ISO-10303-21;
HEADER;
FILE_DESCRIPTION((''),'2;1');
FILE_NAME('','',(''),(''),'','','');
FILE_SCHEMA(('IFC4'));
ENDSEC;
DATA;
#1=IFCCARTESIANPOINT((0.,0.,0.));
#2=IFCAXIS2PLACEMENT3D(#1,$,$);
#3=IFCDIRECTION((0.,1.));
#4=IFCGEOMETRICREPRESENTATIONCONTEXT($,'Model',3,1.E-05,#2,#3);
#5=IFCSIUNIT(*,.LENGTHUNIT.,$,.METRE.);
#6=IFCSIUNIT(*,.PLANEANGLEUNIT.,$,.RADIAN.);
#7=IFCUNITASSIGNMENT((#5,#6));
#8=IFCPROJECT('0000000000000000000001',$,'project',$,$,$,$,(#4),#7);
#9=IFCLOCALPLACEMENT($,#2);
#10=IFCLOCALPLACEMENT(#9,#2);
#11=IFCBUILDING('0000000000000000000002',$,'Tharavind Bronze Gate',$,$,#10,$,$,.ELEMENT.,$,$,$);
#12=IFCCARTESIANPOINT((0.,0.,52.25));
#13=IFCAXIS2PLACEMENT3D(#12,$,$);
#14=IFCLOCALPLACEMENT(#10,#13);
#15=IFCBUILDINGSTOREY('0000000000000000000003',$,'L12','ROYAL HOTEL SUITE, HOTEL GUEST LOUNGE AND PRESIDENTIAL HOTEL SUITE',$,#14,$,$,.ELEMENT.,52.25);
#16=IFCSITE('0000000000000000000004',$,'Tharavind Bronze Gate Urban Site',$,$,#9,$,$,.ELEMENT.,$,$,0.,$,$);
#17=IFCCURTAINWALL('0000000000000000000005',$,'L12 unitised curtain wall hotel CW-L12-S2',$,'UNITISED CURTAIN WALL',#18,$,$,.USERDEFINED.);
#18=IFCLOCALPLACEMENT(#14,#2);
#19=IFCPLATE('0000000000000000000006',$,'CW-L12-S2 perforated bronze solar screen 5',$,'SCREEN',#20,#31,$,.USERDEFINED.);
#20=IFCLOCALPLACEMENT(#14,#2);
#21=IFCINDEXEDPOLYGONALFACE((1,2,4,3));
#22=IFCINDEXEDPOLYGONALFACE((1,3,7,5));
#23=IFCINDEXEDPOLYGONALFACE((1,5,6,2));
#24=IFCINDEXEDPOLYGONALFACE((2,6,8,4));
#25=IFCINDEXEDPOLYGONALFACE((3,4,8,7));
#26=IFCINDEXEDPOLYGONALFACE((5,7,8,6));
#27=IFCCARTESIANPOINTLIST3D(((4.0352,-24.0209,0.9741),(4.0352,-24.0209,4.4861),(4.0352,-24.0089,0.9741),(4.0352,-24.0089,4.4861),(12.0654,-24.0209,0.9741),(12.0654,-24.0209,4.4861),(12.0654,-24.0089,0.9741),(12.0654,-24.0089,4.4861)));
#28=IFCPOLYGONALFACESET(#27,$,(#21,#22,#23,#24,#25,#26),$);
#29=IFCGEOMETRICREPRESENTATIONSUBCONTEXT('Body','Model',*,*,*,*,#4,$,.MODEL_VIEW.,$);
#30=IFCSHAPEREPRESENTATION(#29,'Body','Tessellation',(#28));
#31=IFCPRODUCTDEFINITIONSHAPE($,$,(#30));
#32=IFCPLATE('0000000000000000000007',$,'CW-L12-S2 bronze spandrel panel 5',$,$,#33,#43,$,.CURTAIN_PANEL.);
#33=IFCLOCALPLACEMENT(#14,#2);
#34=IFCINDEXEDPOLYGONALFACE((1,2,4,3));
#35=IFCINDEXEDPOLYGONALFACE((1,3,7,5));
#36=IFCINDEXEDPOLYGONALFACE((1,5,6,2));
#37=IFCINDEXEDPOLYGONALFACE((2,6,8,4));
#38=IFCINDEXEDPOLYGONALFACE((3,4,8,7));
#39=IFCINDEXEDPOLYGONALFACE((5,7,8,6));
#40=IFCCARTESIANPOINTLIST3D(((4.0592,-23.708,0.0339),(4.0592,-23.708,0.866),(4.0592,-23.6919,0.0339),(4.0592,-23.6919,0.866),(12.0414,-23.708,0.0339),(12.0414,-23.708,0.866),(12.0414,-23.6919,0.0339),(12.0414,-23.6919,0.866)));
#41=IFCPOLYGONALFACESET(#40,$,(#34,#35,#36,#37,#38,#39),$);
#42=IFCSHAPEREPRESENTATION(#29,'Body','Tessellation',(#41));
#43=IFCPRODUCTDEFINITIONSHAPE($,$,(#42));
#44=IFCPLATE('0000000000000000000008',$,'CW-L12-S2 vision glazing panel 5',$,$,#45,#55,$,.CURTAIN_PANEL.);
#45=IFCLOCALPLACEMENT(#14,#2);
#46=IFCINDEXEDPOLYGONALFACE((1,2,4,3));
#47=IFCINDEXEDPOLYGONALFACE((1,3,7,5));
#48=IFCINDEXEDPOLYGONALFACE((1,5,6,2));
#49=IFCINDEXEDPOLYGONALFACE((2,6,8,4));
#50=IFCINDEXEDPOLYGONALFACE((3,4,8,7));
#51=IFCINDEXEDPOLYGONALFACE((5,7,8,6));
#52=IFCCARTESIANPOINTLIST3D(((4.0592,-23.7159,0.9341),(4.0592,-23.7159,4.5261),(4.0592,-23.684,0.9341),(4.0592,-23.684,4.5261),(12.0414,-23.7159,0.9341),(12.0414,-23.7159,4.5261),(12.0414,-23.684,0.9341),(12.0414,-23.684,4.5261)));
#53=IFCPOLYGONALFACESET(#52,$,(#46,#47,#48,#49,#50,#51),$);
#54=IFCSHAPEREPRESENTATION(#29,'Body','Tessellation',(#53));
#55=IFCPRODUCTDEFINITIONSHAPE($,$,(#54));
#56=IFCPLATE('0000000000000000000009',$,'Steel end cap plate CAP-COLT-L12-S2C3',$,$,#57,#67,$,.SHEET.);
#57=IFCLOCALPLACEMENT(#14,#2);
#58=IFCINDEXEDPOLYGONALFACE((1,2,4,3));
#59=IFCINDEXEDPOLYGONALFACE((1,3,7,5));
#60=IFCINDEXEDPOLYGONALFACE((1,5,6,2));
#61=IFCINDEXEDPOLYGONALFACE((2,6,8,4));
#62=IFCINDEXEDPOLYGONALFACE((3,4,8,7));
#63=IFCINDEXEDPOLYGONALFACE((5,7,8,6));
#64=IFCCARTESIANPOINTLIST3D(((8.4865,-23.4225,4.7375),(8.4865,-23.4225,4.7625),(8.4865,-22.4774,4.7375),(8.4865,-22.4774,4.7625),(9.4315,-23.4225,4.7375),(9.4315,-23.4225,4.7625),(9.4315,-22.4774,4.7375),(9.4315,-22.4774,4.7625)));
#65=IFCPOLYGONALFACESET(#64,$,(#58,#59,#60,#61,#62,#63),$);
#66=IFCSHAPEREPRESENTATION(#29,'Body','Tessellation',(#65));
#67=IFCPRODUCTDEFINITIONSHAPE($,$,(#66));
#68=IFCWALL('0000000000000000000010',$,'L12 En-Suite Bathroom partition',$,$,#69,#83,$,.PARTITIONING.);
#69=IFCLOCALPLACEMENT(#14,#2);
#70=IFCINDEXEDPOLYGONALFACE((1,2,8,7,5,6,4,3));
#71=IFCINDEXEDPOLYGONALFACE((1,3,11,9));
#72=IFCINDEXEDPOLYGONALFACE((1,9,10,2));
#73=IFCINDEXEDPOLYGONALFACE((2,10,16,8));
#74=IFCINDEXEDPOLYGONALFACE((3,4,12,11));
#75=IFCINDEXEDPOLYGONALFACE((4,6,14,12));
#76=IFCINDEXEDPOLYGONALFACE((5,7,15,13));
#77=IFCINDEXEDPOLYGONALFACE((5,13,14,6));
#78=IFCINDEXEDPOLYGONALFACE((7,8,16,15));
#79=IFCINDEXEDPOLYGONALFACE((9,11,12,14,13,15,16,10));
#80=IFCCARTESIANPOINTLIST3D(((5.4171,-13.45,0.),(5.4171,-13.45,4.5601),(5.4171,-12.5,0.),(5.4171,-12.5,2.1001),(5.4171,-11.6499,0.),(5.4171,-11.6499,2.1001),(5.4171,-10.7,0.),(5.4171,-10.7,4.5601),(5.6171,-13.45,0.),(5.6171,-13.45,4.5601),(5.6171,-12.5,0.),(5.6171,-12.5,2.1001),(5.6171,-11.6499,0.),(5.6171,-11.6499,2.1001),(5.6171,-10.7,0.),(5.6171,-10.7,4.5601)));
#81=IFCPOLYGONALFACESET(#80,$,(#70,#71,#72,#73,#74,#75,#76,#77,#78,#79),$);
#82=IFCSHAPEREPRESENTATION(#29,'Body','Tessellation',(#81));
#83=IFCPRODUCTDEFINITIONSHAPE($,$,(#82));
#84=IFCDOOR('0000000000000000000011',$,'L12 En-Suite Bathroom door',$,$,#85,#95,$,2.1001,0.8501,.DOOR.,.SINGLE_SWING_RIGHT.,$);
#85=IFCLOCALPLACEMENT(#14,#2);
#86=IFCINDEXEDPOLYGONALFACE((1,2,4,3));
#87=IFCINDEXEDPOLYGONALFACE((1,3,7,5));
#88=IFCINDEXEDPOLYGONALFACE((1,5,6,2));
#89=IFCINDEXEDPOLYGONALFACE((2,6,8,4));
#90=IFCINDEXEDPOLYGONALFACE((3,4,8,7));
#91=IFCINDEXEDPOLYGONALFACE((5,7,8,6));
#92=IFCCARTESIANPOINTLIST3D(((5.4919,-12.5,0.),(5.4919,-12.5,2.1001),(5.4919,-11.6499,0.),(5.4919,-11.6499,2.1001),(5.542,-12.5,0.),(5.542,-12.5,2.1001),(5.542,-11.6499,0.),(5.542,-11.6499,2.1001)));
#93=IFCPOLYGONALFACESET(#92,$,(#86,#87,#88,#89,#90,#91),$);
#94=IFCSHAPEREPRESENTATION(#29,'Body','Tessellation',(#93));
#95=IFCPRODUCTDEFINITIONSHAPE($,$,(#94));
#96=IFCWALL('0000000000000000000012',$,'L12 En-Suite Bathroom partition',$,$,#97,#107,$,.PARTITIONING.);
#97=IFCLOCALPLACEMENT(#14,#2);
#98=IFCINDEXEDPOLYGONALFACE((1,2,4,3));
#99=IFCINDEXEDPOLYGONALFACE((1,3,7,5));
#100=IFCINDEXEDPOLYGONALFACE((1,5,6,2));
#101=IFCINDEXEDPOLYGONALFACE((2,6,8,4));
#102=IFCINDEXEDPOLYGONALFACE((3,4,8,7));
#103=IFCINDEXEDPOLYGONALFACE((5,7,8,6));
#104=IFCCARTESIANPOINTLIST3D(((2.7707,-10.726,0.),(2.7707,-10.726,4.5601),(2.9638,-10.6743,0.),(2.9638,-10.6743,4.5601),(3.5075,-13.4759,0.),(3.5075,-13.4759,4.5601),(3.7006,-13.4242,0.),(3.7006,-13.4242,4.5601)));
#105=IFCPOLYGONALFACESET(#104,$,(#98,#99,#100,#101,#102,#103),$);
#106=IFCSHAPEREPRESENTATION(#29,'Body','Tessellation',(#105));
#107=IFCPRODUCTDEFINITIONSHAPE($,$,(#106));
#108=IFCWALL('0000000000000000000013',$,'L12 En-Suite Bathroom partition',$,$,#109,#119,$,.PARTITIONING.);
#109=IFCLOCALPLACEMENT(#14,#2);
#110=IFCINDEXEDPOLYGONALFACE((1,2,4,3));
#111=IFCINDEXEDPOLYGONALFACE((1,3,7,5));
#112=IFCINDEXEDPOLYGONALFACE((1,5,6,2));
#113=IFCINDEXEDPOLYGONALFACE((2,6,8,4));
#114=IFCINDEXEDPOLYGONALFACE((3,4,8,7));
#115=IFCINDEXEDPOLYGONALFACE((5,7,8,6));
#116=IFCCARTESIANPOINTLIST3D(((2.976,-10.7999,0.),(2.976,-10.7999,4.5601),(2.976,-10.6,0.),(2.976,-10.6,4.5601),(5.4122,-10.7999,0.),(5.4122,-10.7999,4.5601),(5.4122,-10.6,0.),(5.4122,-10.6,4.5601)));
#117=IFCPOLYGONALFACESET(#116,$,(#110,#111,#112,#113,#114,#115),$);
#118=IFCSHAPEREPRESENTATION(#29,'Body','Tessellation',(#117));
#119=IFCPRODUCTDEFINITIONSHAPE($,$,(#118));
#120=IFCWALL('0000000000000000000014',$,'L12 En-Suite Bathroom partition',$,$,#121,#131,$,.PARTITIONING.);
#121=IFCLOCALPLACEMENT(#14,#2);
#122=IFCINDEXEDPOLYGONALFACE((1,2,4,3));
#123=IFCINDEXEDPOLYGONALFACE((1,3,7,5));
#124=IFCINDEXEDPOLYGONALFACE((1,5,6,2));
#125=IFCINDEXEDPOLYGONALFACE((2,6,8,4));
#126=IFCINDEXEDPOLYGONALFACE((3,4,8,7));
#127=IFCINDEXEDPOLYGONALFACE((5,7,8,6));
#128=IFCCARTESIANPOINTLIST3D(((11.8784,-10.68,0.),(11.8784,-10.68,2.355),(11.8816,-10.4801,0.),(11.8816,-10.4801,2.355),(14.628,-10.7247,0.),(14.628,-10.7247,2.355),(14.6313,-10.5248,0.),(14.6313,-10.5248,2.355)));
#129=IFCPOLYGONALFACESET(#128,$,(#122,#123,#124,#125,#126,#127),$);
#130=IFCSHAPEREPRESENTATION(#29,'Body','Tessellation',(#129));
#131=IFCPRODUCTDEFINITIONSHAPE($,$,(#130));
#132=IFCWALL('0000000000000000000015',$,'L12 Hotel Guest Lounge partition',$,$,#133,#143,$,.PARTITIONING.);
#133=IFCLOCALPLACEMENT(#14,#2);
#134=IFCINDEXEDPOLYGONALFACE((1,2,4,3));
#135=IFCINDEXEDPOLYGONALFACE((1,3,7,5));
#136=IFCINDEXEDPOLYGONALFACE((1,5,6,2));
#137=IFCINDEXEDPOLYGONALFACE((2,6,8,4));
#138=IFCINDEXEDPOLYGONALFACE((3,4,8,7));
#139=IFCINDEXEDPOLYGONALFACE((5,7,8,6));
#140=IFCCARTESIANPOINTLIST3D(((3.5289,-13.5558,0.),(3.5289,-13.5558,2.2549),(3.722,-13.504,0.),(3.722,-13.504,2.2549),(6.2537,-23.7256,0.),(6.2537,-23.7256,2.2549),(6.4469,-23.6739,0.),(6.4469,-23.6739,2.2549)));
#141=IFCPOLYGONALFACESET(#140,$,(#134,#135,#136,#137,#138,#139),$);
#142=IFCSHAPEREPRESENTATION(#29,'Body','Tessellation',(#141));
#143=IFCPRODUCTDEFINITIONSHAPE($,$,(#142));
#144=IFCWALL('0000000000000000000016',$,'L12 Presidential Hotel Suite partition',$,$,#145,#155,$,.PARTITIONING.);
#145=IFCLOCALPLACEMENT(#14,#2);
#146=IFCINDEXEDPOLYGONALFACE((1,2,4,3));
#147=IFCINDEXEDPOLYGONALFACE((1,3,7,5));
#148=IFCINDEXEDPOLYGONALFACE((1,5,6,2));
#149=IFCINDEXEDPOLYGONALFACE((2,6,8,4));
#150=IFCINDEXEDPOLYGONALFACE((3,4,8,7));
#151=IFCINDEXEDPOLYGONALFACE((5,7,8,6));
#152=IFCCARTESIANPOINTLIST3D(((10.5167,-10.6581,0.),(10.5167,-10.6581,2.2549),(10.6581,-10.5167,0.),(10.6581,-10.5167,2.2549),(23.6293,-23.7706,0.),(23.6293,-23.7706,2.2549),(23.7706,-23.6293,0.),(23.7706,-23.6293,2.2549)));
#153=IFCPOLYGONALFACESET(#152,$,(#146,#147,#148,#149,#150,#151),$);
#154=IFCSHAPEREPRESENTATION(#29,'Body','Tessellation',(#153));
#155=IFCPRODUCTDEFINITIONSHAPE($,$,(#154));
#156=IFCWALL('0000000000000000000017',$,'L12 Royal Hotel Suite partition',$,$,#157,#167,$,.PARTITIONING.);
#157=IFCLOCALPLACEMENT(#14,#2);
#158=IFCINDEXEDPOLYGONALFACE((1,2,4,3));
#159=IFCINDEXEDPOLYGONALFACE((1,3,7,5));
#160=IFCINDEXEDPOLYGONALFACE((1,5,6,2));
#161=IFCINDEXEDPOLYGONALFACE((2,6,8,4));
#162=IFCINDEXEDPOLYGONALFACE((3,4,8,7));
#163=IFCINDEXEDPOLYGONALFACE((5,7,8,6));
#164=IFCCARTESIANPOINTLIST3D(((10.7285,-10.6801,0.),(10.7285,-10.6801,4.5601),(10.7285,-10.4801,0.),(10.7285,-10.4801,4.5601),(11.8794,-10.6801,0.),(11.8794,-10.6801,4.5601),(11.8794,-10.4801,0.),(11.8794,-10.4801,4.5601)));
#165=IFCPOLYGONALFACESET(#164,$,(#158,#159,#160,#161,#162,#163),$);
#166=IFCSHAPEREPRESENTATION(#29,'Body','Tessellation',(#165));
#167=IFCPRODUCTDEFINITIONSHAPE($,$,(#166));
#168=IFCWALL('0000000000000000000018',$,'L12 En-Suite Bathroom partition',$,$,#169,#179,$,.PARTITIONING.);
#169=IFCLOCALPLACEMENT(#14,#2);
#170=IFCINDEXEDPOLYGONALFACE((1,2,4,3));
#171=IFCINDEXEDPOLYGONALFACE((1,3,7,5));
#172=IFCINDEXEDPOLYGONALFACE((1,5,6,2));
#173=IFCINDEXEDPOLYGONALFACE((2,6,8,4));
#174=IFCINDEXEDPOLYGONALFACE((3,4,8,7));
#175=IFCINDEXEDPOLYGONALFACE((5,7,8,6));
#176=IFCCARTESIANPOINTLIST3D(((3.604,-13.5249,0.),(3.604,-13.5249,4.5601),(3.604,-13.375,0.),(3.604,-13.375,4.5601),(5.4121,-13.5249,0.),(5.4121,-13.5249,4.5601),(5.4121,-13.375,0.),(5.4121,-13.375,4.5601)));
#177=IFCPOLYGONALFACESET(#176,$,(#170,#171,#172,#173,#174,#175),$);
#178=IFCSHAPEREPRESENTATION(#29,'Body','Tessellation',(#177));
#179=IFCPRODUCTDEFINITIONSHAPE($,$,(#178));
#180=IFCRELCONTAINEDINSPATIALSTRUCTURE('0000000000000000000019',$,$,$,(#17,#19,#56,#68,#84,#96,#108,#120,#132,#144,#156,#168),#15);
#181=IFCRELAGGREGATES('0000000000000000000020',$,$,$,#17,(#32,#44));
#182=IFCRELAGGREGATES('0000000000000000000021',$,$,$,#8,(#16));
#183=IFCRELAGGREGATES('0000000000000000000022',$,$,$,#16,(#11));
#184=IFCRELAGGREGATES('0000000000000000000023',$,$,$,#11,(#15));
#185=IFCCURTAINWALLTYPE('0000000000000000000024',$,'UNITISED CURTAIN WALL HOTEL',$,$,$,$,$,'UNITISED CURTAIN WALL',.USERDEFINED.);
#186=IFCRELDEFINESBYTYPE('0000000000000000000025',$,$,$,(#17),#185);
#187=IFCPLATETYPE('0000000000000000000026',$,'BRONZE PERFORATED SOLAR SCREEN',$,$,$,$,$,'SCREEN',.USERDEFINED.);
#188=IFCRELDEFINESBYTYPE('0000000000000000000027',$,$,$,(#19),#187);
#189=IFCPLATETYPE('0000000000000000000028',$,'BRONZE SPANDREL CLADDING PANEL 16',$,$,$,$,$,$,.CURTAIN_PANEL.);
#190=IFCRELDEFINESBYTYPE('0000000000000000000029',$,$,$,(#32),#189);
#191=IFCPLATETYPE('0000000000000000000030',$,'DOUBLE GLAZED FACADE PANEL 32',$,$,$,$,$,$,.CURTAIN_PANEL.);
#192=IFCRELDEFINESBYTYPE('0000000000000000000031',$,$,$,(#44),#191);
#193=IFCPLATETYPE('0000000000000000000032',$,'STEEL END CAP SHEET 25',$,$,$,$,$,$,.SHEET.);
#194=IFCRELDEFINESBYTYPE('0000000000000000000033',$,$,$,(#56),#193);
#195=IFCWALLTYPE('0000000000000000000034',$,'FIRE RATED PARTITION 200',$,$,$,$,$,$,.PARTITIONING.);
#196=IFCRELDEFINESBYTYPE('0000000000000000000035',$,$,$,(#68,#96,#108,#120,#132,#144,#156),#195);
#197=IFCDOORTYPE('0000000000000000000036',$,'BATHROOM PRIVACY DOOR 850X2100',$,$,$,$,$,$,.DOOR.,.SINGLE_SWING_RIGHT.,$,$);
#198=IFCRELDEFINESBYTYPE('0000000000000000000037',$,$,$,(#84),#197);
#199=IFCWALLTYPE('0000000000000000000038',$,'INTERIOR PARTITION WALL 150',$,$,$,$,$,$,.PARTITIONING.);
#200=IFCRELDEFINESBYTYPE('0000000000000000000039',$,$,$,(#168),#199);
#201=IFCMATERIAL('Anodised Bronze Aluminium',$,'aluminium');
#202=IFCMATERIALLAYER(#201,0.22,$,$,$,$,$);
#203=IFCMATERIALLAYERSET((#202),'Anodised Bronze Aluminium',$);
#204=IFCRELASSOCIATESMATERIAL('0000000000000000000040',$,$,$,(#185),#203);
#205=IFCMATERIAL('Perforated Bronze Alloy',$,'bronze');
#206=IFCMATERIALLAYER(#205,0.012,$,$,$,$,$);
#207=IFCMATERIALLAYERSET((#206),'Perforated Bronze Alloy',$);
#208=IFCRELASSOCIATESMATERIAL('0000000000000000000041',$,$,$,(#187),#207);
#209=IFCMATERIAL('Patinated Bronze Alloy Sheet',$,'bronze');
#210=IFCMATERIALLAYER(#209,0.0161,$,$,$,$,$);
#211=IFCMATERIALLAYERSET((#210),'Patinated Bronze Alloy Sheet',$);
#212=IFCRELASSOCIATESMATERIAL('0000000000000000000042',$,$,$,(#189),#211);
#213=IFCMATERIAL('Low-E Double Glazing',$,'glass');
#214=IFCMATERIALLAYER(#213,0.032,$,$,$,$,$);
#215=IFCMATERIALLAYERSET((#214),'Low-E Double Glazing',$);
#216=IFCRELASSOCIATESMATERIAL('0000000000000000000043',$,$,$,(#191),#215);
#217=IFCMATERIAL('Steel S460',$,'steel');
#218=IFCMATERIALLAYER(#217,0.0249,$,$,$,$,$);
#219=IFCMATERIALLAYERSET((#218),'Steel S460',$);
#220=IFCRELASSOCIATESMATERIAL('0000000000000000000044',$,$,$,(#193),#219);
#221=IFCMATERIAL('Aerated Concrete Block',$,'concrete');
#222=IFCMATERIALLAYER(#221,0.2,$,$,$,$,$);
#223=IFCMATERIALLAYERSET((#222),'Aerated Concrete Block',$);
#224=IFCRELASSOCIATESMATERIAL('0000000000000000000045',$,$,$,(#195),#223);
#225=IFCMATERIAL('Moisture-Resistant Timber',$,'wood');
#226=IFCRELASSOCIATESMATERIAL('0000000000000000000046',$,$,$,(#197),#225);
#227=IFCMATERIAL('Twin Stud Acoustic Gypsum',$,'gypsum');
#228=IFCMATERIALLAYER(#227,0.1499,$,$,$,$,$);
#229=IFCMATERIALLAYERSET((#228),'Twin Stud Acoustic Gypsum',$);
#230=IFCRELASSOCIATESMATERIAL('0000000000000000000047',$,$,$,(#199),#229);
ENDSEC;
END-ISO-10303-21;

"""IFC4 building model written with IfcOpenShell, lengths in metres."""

from ifc_helpers import new_model, si_unit, direction, frame, frame_2d, origin, origin_2d, place, context, subcontext, project, spatial, rectangle, extrude, material, layer, layer_set, type_object, element, fill, aggregate, save


model = new_model("IFC4")

# Units and contexts
model_context = context("Model", 3, precision=1e-05, world=origin(), true_north=direction((0.0, 1.0)))
body_context = subcontext(model_context, "Body", "Model", "MODEL_VIEW")
ifc_project = project(units=[si_unit("LENGTHUNIT", "METRE"), si_unit("PLANEANGLEUNIT", "RADIAN")], contexts=[model_context])

# Site, building, storey
site_placement = place(None, origin())
site = spatial("IfcSite", under=ifc_project, at=site_placement, Name="Tharavind Bronze Gate Urban Site", CompositionType="ELEMENT", RefElevation=0.0)
building_placement = place(site_placement, origin())
building = spatial("IfcBuilding", under=site, at=building_placement, Name="Tharavind Bronze Gate", CompositionType="ELEMENT")
storey_placement = place(building_placement, frame((0.0, 0.0, 52.25)))
storey = spatial("IfcBuildingStorey", under=building, at=storey_placement, Name="L12", Description="ROYAL HOTEL SUITE, HOTEL GUEST LOUNGE AND PRESIDENTIAL HOTEL SUITE", CompositionType="ELEMENT", Elevation=52.25)

# Shared definitions
ifc_material_1 = material(Name="Steel S460", Category="steel")

# Curtain wall
ifc_material_2 = material(Name="Anodised Bronze Aluminium", Category="aluminium")
ifc_layer_1 = layer(ifc_material_2, 0.22)
ifc_layer_set_1 = layer_set([ifc_layer_1], Name="Anodised Bronze Aluminium")
curtain_wall_type = type_object("IfcCurtainWallType", Name="UNITISED CURTAIN WALL HOTEL", ElementType="UNITISED CURTAIN WALL", PredefinedType="USERDEFINED", material=ifc_layer_set_1)
curtain_wall_placement = place(storey_placement, origin())
curtain_wall = element("IfcCurtainWall", 1, at=curtain_wall_placement, inside=storey, type_object=curtain_wall_type, Name="L12 unitised curtain wall hotel CW-L12-S2", ObjectType="UNITISED CURTAIN WALL", PredefinedType="USERDEFINED")

# Plates
ifc_material_3 = material(Name="Perforated Bronze Alloy", Category="bronze")
ifc_layer_2 = layer(ifc_material_3, 0.012)
ifc_layer_set_2 = layer_set([ifc_layer_2], Name="Perforated Bronze Alloy")
plate_type_1 = type_object("IfcPlateType", Name="BRONZE PERFORATED SOLAR SCREEN", ElementType="SCREEN", PredefinedType="USERDEFINED", material=ifc_layer_set_2)
plate_1_placement = place(storey_placement, frame((8.0503, -24.0149, 0.9741), z_axis=(0.0, 0.0, 1.0), x_axis=(1.0, 0.0, 0.0)))
element("IfcPlate", 2, at=plate_1_placement, inside=storey, type_object=plate_type_1, Name="CW-L12-S2 perforated bronze solar screen 5", ObjectType="SCREEN", PredefinedType="USERDEFINED", context=body_context, shape_type="SweptSolid", body=[
    extrude(rectangle(XDim=8.0303, YDim=0.012, at=origin_2d()), origin(), (0.0, 0.0, 1.0), 3.512),
])
ifc_material_4 = material(Name="Patinated Bronze Alloy Sheet", Category="bronze")
ifc_layer_3 = layer(ifc_material_4, 0.0161)
ifc_layer_set_3 = layer_set([ifc_layer_3], Name="Patinated Bronze Alloy Sheet")
plate_type_2 = type_object("IfcPlateType", Name="BRONZE SPANDREL CLADDING PANEL 16", PredefinedType="CURTAIN_PANEL", material=ifc_layer_set_3)
plate_2_placement = place(storey_placement, frame((8.0503, -23.7, 0.0339), z_axis=(0.0, 0.0, 1.0), x_axis=(1.0, 0.0, 0.0)))
plate_2 = element("IfcPlate", 3, at=plate_2_placement, type_object=plate_type_2, Name="CW-L12-S2 bronze spandrel panel 5", PredefinedType="CURTAIN_PANEL", context=body_context, shape_type="SweptSolid", body=[
    extrude(rectangle(XDim=7.9822, YDim=0.0161, at=origin_2d()), origin(), (0.0, 0.0, 1.0), 0.832),
])
ifc_material_5 = material(Name="Low-E Double Glazing", Category="glass")
ifc_layer_4 = layer(ifc_material_5, 0.032)
ifc_layer_set_4 = layer_set([ifc_layer_4], Name="Low-E Double Glazing")
plate_type_3 = type_object("IfcPlateType", Name="DOUBLE GLAZED FACADE PANEL 32", PredefinedType="CURTAIN_PANEL", material=ifc_layer_set_4)
plate_3_placement = place(storey_placement, frame((8.0503, -23.7, 0.9341), z_axis=(0.0, 0.0, 1.0), x_axis=(1.0, 0.0, 0.0)))
plate_3 = element("IfcPlate", 4, at=plate_3_placement, type_object=plate_type_3, Name="CW-L12-S2 vision glazing panel 5", PredefinedType="CURTAIN_PANEL", context=body_context, shape_type="SweptSolid", body=[
    extrude(rectangle(XDim=7.9822, YDim=0.032, at=origin_2d()), origin(), (0.0, 0.0, 1.0), 3.592),
])
aggregate(curtain_wall, [plate_2, plate_3])
ifc_layer_5 = layer(ifc_material_1, 0.0249)
ifc_layer_set_5 = layer_set([ifc_layer_5], Name="Steel S460")
plate_type_4 = type_object("IfcPlateType", Name="STEEL END CAP SHEET 25", PredefinedType="SHEET", material=ifc_layer_set_5)
plate_4_placement = place(storey_placement, frame((8.959, -22.95, 4.7375), z_axis=(0.0, 0.0, 1.0), x_axis=(1.0, 0.0, 0.0)))
element("IfcPlate", 5, at=plate_4_placement, inside=storey, type_object=plate_type_4, Name="Steel end cap plate CAP-COLT-L12-S2C3", PredefinedType="SHEET", context=body_context, shape_type="SweptSolid", body=[
    extrude(rectangle(XDim=0.9451, YDim=0.9451, at=origin_2d()), origin(), (0.0, 0.0, 1.0), 0.0249),
])

# Wall, opening, door
ifc_material_6 = material(Name="Aerated Concrete Block", Category="concrete")
ifc_layer_6 = layer(ifc_material_6, 0.2)
ifc_layer_set_6 = layer_set([ifc_layer_6], Name="Aerated Concrete Block")
wall_type_1 = type_object("IfcWallType", Name="FIRE RATED PARTITION 200", PredefinedType="PARTITIONING", material=ifc_layer_set_6)
wall_1_placement = place(storey_placement, frame((5.5171, -10.7, 0.0), z_axis=(0.0, 0.0, 1.0), x_axis=(0.0, -1.0, 0.0)))
wall_1 = element("IfcWall", 6, at=wall_1_placement, inside=storey, type_object=wall_type_1, Name="L12 En-Suite Bathroom partition", PredefinedType="PARTITIONING", context=body_context, shape_type="SweptSolid", body=[
    extrude(rectangle(XDim=2.75, YDim=0.2, at=frame_2d((1.375, 0.0))), origin(), (0.0, 0.0, 1.0), 4.5601),
])
opening_1_placement = place(wall_1_placement, frame((0.95, 0.0, 0.0)))
opening_1 = element("IfcOpeningElement", 7, at=opening_1_placement, cuts=wall_1, PredefinedType="OPENING", context=body_context, shape_type="SweptSolid", body=[
    extrude(rectangle(XDim=0.8501, YDim=2.1001, at=frame_2d((0.425, 1.05))), frame((0.0, 0.1101, 0.0), z_axis=(0.0, -1.0, 0.0), x_axis=(1.0, 0.0, 0.0)), (0.0, 0.0, 1.0), 0.22),
])
ifc_material_7 = material(Name="Moisture-Resistant Timber", Category="wood")
door_type_1 = type_object("IfcDoorType", Name="BATHROOM PRIVACY DOOR 850X2100", OperationType="SINGLE_SWING_RIGHT", PredefinedType="DOOR", material=ifc_material_7)
door_1_placement = place(opening_1_placement, origin())
door_1 = element("IfcDoor", 8, at=door_1_placement, inside=storey, type_object=door_type_1, Name="L12 En-Suite Bathroom door", OperationType="SINGLE_SWING_RIGHT", OverallHeight=2.1001, OverallWidth=0.8501, PredefinedType="DOOR", context=body_context, shape_type="SweptSolid", body=[
    extrude(rectangle(XDim=0.8501, YDim=2.1001, at=frame_2d((0.425, 1.05))), frame((0.0, 0.0249, 0.0), z_axis=(0.0, -1.0, 0.0), x_axis=(1.0, 0.0, 0.0)), (0.0, 0.0, 1.0), 0.05),
])
fill(opening_1, door_1)

# Walls
wall_2_placement = place(storey_placement, frame((3.604, -13.45, 0.0), z_axis=(0.0, 0.0, 1.0), x_axis=(-0.258805, 0.96593, 0.0)))
element("IfcWall", 9, at=wall_2_placement, inside=storey, type_object=wall_type_1, Name="L12 En-Suite Bathroom partition", PredefinedType="PARTITIONING", context=body_context, shape_type="SweptSolid", body=[
    extrude(rectangle(XDim=2.8469, YDim=0.2, at=frame_2d((1.4233, 0.0))), origin(), (0.0, 0.0, 1.0), 4.5601),
])
wall_3_placement = place(storey_placement, frame((2.9758, -10.7, 0.0), z_axis=(0.0, 0.0, 1.0), x_axis=(1.0, 0.0, 0.0)))
element("IfcWall", 10, at=wall_3_placement, inside=storey, type_object=wall_type_1, Name="L12 En-Suite Bathroom partition", PredefinedType="PARTITIONING", context=body_context, shape_type="SweptSolid", body=[
    extrude(rectangle(XDim=2.4363, YDim=0.2, at=frame_2d((1.2183, 0.0))), origin(), (0.0, 0.0, 1.0), 4.5601),
])
wall_4_placement = place(storey_placement, frame((14.6296, -10.6248, 0.0), z_axis=(0.0, 0.0, 1.0), x_axis=(-0.999868, 0.016246, 0.0)))
element("IfcWall", 11, at=wall_4_placement, inside=storey, type_object=wall_type_1, Name="L12 En-Suite Bathroom partition", PredefinedType="PARTITIONING", context=body_context, shape_type="SweptSolid", body=[
    extrude(rectangle(XDim=2.75, YDim=0.2, at=frame_2d((1.375, 0.0))), origin(), (0.0, 0.0, 1.0), 2.355),
])
wall_5_placement = place(storey_placement, frame((3.6255, -13.53, 0.0), z_axis=(0.0, 0.0, 1.0), x_axis=(0.258804, -0.96593, 0.0)))
element("IfcWall", 12, at=wall_5_placement, inside=storey, type_object=wall_type_1, Name="L12 Hotel Guest Lounge partition", PredefinedType="PARTITIONING", context=body_context, shape_type="SweptSolid", body=[
    extrude(rectangle(XDim=10.5286, YDim=0.2, at=frame_2d((5.2642, 0.0))), origin(), (0.0, 0.0, 1.0), 2.2549),
])

# Walls
wall_6_placement = place(storey_placement, frame((10.5874, -10.5874, 0.0), z_axis=(0.0, 0.0, 1.0), x_axis=(0.707107, -0.707107, 0.0)))
element("IfcWall", 13, at=wall_6_placement, inside=storey, type_object=wall_type_1, Name="L12 Presidential Hotel Suite partition", PredefinedType="PARTITIONING", context=body_context, shape_type="SweptSolid", body=[
    extrude(rectangle(XDim=18.5439, YDim=0.2, at=frame_2d((9.272, 0.0))), origin(), (0.0, 0.0, 1.0), 2.2549),
])
wall_7_placement = place(storey_placement, frame((10.7285, -10.5801, 0.0), z_axis=(0.0, 0.0, 1.0), x_axis=(1.0, 0.0, 0.0)))
element("IfcWall", 14, at=wall_7_placement, inside=storey, type_object=wall_type_1, Name="L12 Royal Hotel Suite partition", PredefinedType="PARTITIONING", context=body_context, shape_type="SweptSolid", body=[
    extrude(rectangle(XDim=1.1509, YDim=0.2, at=frame_2d((0.5754, 0.0))), origin(), (0.0, 0.0, 1.0), 4.5601),
])
ifc_material_8 = material(Name="Twin Stud Acoustic Gypsum", Category="gypsum")
ifc_layer_7 = layer(ifc_material_8, 0.1499)
ifc_layer_set_7 = layer_set([ifc_layer_7], Name="Twin Stud Acoustic Gypsum")
wall_type_2 = type_object("IfcWallType", Name="INTERIOR PARTITION WALL 150", PredefinedType="PARTITIONING", material=ifc_layer_set_7)
wall_8_placement = place(storey_placement, frame((5.4121, -13.45, 0.0), z_axis=(0.0, 0.0, 1.0), x_axis=(-1.0, 0.0, 0.0)))
element("IfcWall", 15, at=wall_8_placement, inside=storey, type_object=wall_type_2, Name="L12 En-Suite Bathroom partition", PredefinedType="PARTITIONING", context=body_context, shape_type="SweptSolid", body=[
    extrude(rectangle(XDim=1.8081, YDim=0.1499, at=frame_2d((0.9041, 0.0))), origin(), (0.0, 0.0, 1.0), 4.5601),
])

save(model, "model.ifc")
